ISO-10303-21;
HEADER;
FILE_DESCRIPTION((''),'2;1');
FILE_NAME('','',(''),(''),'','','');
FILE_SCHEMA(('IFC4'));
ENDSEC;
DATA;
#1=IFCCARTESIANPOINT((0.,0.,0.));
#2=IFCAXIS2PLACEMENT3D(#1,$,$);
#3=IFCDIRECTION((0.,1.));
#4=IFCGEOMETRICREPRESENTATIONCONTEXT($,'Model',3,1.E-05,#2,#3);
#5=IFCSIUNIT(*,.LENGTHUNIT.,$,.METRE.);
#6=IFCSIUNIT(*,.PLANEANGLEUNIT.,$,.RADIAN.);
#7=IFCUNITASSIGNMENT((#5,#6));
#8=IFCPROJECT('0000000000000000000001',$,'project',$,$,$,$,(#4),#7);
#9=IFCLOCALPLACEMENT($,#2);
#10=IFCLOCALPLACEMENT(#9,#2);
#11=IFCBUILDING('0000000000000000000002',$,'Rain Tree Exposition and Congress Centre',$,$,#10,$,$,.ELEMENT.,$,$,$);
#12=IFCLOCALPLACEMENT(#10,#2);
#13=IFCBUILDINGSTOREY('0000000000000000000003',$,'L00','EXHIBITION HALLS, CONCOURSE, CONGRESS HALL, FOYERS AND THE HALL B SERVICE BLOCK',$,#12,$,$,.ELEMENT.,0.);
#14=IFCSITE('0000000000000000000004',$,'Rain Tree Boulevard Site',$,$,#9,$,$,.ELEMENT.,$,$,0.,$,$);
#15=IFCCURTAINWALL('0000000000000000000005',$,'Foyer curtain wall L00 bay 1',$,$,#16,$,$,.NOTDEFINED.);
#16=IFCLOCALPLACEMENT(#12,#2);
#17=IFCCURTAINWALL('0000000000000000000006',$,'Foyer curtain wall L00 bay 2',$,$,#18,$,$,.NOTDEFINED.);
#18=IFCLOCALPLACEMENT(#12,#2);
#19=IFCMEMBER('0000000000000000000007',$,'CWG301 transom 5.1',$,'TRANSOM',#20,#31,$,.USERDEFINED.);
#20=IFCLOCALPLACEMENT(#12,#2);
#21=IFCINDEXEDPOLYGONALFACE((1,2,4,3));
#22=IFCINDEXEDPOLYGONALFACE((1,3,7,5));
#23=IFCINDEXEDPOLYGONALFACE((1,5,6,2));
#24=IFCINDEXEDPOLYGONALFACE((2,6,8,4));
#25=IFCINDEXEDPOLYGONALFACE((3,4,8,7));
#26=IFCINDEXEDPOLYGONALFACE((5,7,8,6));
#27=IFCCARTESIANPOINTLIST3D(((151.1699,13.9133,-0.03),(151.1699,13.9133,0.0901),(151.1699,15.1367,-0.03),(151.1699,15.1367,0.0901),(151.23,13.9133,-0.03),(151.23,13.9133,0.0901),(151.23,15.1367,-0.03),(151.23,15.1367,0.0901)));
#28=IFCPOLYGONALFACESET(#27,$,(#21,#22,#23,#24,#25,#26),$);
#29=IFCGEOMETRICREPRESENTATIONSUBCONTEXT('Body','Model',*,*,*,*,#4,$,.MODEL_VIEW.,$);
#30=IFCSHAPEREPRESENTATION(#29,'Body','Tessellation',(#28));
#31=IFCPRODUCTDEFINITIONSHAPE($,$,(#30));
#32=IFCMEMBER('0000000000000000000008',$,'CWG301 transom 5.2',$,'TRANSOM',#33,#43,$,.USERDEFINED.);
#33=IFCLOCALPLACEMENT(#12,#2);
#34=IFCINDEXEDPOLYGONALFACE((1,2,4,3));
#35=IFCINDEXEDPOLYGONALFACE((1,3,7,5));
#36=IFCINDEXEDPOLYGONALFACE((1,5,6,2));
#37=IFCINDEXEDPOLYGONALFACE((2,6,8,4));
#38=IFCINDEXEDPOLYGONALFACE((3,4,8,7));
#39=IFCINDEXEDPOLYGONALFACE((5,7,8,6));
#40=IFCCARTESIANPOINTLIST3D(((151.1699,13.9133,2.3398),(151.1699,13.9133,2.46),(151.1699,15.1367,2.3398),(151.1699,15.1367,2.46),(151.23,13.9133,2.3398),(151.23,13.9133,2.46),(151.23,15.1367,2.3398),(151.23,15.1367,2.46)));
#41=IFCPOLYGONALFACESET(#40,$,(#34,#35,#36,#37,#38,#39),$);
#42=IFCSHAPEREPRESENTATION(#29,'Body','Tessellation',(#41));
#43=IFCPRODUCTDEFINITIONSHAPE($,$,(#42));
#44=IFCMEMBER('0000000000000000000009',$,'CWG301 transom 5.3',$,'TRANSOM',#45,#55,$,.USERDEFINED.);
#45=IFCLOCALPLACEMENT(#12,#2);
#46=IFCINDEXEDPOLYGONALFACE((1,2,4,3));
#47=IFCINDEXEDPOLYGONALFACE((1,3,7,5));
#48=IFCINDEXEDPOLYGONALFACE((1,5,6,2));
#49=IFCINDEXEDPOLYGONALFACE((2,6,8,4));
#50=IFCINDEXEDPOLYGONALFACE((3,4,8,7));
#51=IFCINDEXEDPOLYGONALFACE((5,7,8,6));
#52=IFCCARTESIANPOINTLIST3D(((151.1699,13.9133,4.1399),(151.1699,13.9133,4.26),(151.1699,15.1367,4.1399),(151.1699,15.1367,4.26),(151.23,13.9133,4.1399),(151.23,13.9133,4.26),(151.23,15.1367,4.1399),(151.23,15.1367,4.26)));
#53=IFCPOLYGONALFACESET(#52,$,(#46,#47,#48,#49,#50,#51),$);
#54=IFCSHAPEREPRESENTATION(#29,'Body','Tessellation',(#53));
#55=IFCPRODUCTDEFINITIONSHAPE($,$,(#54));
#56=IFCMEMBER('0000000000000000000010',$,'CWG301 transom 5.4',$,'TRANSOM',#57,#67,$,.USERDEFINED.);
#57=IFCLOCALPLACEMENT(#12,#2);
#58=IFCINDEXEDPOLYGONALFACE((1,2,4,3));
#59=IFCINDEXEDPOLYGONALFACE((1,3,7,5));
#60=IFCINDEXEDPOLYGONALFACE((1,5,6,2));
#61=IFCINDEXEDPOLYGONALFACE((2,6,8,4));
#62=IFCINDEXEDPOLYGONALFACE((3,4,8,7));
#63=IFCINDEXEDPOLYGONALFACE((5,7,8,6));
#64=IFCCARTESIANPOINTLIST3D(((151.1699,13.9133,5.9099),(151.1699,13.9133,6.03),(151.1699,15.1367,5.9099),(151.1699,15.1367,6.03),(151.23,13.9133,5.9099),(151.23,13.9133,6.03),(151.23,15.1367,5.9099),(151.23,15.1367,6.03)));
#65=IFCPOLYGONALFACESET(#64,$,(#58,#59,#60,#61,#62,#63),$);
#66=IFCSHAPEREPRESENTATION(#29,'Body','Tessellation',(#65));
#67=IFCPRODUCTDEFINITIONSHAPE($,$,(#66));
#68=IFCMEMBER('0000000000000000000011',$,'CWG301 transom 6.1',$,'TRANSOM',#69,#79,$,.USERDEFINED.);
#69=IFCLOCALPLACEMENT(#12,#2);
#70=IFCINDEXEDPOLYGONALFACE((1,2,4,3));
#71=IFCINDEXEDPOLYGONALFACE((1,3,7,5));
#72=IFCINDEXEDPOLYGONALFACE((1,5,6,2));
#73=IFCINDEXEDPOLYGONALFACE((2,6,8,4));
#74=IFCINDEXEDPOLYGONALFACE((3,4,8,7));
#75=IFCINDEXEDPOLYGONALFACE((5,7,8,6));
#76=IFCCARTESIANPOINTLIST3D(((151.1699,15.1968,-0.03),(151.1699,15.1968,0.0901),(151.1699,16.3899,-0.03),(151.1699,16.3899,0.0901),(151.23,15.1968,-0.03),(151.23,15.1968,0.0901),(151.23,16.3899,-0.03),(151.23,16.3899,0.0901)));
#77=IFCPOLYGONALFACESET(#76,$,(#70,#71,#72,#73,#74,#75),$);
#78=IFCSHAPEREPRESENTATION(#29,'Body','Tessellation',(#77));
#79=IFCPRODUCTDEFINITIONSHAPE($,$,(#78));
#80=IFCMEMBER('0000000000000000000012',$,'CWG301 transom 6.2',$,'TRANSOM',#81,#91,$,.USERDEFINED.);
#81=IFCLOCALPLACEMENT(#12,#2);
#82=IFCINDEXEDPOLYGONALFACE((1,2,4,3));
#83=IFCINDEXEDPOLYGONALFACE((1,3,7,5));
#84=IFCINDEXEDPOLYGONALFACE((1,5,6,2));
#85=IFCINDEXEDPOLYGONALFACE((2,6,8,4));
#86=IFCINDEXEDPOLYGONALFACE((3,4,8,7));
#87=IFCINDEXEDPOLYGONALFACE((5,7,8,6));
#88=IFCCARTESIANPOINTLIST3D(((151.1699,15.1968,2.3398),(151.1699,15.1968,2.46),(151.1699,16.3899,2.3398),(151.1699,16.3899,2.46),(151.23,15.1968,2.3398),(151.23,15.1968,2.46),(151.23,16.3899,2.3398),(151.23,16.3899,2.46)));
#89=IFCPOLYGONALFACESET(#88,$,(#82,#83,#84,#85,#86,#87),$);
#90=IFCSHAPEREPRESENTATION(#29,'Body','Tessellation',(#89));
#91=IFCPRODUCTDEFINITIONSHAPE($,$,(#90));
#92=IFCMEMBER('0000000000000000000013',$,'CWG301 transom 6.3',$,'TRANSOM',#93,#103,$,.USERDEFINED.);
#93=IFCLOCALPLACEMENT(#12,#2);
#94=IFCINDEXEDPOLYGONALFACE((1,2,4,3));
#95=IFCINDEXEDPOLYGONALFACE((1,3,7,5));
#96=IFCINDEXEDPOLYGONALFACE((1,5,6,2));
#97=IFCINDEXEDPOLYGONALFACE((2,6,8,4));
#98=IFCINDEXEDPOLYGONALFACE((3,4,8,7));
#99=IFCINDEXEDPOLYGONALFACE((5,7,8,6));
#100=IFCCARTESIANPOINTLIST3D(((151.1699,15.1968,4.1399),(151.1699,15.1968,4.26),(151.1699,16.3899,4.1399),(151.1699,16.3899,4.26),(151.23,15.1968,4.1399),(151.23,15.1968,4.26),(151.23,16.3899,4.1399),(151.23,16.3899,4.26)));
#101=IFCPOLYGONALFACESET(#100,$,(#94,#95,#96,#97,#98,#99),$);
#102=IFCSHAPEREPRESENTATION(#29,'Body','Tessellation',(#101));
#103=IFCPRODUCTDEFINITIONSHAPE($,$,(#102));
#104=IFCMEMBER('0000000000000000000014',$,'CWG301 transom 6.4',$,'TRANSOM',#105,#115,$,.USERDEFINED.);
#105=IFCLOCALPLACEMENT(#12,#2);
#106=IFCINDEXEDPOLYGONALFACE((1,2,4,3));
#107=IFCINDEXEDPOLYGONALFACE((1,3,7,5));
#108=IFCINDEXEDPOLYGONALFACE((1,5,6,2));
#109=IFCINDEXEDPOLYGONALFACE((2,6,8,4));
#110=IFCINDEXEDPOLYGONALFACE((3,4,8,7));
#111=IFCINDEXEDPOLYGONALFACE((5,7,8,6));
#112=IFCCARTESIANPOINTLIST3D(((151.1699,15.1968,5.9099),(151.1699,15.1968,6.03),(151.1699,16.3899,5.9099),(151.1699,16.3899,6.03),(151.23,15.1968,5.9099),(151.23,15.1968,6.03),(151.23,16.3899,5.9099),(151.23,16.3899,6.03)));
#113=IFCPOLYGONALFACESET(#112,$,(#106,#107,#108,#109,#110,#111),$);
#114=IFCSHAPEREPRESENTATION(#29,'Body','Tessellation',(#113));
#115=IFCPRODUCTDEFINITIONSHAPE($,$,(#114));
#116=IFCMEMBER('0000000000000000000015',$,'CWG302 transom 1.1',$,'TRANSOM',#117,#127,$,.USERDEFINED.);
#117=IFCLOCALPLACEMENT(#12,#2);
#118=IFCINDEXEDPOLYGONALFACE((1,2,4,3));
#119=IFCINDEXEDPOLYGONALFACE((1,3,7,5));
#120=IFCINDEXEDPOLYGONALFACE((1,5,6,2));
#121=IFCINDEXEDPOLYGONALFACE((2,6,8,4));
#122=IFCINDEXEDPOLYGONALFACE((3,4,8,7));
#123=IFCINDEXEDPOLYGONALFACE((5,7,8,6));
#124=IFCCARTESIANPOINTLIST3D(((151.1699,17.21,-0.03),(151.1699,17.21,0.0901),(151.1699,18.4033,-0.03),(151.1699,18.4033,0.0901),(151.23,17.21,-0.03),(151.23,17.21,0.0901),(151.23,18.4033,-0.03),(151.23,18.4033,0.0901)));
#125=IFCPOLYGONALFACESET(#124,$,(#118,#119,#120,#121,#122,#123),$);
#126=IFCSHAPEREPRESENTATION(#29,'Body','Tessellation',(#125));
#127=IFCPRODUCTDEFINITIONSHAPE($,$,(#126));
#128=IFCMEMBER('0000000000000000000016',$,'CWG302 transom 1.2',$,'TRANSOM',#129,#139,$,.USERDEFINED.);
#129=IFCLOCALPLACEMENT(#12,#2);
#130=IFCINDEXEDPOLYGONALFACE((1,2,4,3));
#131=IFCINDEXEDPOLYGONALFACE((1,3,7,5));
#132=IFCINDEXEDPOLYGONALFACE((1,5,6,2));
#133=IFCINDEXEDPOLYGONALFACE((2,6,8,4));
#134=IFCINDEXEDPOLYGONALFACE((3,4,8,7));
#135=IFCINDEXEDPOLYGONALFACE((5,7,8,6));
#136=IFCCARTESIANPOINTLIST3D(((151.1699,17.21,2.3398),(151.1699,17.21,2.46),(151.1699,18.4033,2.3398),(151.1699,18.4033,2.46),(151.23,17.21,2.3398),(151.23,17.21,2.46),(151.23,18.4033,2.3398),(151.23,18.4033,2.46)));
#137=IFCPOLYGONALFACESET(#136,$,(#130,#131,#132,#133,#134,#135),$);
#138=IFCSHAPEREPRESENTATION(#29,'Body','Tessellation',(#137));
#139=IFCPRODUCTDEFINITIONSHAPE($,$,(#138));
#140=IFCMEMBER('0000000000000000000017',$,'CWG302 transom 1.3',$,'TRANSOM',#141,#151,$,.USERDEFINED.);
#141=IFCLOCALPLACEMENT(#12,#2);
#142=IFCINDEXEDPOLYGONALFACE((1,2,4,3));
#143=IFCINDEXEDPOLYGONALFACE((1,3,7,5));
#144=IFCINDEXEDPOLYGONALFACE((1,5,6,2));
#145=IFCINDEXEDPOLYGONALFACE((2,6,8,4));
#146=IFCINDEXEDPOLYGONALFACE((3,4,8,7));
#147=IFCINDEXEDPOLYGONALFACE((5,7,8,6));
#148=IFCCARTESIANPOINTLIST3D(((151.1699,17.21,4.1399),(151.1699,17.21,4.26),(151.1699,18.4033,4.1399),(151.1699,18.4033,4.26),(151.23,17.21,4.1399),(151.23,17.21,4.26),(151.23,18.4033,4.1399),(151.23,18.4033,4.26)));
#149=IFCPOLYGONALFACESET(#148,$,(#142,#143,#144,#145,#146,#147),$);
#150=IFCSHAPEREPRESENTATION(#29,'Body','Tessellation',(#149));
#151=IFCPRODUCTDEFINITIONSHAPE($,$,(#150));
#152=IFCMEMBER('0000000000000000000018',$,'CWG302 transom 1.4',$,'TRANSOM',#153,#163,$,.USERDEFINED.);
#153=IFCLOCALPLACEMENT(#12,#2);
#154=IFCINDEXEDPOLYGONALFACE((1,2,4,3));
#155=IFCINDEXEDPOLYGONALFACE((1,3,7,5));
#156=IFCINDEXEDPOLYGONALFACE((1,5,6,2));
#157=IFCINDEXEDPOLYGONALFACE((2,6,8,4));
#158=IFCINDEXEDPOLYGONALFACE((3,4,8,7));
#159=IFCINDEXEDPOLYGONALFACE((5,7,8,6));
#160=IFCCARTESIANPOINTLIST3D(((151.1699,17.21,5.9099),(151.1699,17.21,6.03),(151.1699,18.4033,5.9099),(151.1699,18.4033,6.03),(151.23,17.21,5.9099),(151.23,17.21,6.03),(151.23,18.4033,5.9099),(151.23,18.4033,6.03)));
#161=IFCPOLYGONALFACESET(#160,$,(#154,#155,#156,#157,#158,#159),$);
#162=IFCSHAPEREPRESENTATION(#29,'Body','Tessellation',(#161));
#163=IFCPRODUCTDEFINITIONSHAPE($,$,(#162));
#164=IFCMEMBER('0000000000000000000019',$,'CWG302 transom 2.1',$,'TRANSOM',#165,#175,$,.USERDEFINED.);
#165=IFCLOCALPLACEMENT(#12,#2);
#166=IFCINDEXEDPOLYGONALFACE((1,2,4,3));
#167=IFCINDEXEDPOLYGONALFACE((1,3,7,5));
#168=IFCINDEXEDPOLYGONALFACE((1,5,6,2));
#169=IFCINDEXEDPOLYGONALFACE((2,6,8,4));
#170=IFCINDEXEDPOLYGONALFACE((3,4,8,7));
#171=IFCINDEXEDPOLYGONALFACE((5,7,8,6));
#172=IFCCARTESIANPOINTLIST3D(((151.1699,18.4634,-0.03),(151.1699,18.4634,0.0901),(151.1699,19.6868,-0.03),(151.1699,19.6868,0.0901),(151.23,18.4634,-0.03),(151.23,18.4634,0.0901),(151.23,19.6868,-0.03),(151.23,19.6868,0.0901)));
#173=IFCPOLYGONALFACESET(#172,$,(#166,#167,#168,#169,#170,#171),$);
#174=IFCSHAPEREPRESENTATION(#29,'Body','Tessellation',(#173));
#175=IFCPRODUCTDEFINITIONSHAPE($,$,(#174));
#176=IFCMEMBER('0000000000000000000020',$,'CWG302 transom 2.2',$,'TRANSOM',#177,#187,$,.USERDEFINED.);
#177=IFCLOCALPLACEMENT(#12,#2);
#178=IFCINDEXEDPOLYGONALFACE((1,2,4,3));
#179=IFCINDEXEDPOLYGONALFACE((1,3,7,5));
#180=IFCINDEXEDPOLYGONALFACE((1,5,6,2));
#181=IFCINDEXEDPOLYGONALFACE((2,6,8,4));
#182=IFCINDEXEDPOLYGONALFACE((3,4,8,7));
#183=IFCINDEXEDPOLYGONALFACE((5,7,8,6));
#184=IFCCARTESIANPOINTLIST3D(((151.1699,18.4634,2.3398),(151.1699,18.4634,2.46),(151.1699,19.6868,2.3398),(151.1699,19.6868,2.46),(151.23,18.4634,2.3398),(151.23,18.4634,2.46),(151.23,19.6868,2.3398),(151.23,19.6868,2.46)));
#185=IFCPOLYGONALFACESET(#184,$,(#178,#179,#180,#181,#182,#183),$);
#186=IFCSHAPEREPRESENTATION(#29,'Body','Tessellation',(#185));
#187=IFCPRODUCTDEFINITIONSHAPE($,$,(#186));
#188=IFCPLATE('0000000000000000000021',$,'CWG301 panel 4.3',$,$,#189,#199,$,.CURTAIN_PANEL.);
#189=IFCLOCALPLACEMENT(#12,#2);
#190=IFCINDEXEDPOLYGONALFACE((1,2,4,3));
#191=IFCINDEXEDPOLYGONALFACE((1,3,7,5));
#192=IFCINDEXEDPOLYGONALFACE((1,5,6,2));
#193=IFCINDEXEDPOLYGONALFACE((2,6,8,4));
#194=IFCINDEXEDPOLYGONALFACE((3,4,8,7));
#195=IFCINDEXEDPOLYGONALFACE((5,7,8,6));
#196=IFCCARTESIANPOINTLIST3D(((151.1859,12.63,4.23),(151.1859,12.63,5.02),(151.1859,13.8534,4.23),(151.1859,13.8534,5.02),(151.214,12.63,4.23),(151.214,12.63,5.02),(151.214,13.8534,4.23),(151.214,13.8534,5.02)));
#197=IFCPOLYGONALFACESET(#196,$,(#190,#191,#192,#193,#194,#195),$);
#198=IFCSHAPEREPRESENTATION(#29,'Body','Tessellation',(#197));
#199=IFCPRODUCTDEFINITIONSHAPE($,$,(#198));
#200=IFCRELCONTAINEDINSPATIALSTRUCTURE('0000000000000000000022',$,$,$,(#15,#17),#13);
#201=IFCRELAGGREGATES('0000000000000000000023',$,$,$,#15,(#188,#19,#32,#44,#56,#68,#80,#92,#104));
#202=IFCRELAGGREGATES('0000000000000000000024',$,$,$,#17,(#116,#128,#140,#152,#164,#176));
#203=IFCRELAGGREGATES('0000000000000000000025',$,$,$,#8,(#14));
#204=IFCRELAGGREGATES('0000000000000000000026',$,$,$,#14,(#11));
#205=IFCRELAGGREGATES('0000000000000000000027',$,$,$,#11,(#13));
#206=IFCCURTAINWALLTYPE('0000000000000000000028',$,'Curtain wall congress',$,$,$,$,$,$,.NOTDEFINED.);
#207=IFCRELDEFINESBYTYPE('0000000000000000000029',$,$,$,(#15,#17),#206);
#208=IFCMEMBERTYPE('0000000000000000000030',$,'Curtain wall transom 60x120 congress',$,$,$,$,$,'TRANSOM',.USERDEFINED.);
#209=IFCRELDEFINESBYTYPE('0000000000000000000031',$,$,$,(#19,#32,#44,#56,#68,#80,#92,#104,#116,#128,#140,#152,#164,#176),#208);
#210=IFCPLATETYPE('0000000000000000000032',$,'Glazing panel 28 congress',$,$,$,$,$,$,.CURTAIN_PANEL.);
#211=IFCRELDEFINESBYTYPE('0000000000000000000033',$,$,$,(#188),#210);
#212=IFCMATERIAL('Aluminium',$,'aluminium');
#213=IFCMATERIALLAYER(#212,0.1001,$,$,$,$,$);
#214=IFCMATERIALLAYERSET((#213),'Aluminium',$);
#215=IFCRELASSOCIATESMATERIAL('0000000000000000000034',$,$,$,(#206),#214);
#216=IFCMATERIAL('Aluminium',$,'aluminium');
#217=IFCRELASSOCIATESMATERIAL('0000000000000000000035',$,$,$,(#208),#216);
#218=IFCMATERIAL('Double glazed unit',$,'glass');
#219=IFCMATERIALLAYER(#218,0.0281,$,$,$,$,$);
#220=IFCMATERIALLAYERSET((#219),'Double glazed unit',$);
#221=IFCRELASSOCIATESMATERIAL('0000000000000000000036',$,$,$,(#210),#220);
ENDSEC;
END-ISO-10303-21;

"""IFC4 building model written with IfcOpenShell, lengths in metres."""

from ifc_helpers import new_model, si_unit, direction, frame, origin, origin_2d, place, context, subcontext, project, spatial, rectangle, extrude, material, layer, layer_set, material_profile, profile_set, type_object, element, aggregate, save


model = new_model("IFC4")

# Units and contexts
model_context = context("Model", 3, precision=1e-05, world=origin(), true_north=direction((0.0, 1.0)))
body_context = subcontext(model_context, "Body", "Model", "MODEL_VIEW")
ifc_project = project(units=[si_unit("LENGTHUNIT", "METRE"), si_unit("PLANEANGLEUNIT", "RADIAN")], contexts=[model_context])

# Site, building, storey
site_placement = place(None, origin())
site = spatial("IfcSite", under=ifc_project, at=site_placement, Name="Rain Tree Boulevard Site", CompositionType="ELEMENT", RefElevation=0.0)
building_placement = place(site_placement, origin())
building = spatial("IfcBuilding", under=site, at=building_placement, Name="Rain Tree Exposition and Congress Centre", CompositionType="ELEMENT")
storey_placement = place(building_placement, origin())
storey = spatial("IfcBuildingStorey", under=building, at=storey_placement, Name="L00", Description="EXHIBITION HALLS, CONCOURSE, CONGRESS HALL, FOYERS AND THE HALL B SERVICE BLOCK", CompositionType="ELEMENT", Elevation=0.0)

# Curtain walls
ifc_material_1 = material(Name="Aluminium", Category="aluminium")
ifc_layer_1 = layer(ifc_material_1, 0.1001)
ifc_layer_set_1 = layer_set([ifc_layer_1], Name="Aluminium")
curtain_wall_type = type_object("IfcCurtainWallType", Name="Curtain wall congress", PredefinedType="NOTDEFINED", material=ifc_layer_set_1)
curtain_wall_1_placement = place(storey_placement, origin())
curtain_wall_1 = element("IfcCurtainWall", 1, at=curtain_wall_1_placement, inside=storey, type_object=curtain_wall_type, Name="Foyer curtain wall L00 bay 1", PredefinedType="NOTDEFINED")
curtain_wall_2_placement = place(storey_placement, origin())
curtain_wall_2 = element("IfcCurtainWall", 2, at=curtain_wall_2_placement, inside=storey, type_object=curtain_wall_type, Name="Foyer curtain wall L00 bay 2", PredefinedType="NOTDEFINED")

# Members
ifc_material_2 = material(Name="Aluminium", Category="aluminium")
ifc_material_profile_1 = material_profile(ifc_material_2, rectangle(XDim=0.0601, YDim=0.1201, at=origin_2d()), Name="AL 60x120")
ifc_profile_set_1 = profile_set([ifc_material_profile_1], Name="Aluminium")
member_type_1 = type_object("IfcMemberType", Name="Curtain wall transom 60x120 congress", ElementType="TRANSOM", PredefinedType="USERDEFINED", material=ifc_profile_set_1)
member_1_placement = place(storey_placement, frame((151.2, 13.9133, 0.03), z_axis=(0.0, 1.0, 0.0), x_axis=(-1.0, 0.0, 0.0)))
member_1 = element("IfcMember", 3, at=member_1_placement, type_object=member_type_1, Name="CWG301 transom 5.1", ObjectType="TRANSOM", PredefinedType="USERDEFINED", context=body_context, shape_type="SweptSolid", body=[
    extrude(rectangle(XDim=0.0601, YDim=0.1201, at=origin_2d()), origin(), (0.0, 0.0, 1.0), 1.2234),
])
member_2_placement = place(storey_placement, frame((151.2, 13.9133, 2.3999), z_axis=(0.0, 1.0, 0.0), x_axis=(-1.0, 0.0, 0.0)))
member_2 = element("IfcMember", 4, at=member_2_placement, type_object=member_type_1, Name="CWG301 transom 5.2", ObjectType="TRANSOM", PredefinedType="USERDEFINED", context=body_context, shape_type="SweptSolid", body=[
    extrude(rectangle(XDim=0.0601, YDim=0.1201, at=origin_2d()), origin(), (0.0, 0.0, 1.0), 1.2234),
])
member_3_placement = place(storey_placement, frame((151.2, 13.9133, 4.2), z_axis=(0.0, 1.0, 0.0), x_axis=(-1.0, 0.0, 0.0)))
member_3 = element("IfcMember", 5, at=member_3_placement, type_object=member_type_1, Name="CWG301 transom 5.3", ObjectType="TRANSOM", PredefinedType="USERDEFINED", context=body_context, shape_type="SweptSolid", body=[
    extrude(rectangle(XDim=0.0601, YDim=0.1201, at=origin_2d()), origin(), (0.0, 0.0, 1.0), 1.2234),
])
member_4_placement = place(storey_placement, frame((151.2, 13.9133, 5.97), z_axis=(0.0, 1.0, 0.0), x_axis=(-1.0, 0.0, 0.0)))
member_4 = element("IfcMember", 6, at=member_4_placement, type_object=member_type_1, Name="CWG301 transom 5.4", ObjectType="TRANSOM", PredefinedType="USERDEFINED", context=body_context, shape_type="SweptSolid", body=[
    extrude(rectangle(XDim=0.0601, YDim=0.1201, at=origin_2d()), origin(), (0.0, 0.0, 1.0), 1.2234),
])
member_5_placement = place(storey_placement, frame((151.2, 15.1968, 0.03), z_axis=(0.0, 1.0, 0.0), x_axis=(-1.0, 0.0, 0.0)))
member_5 = element("IfcMember", 7, at=member_5_placement, type_object=member_type_1, Name="CWG301 transom 6.1", ObjectType="TRANSOM", PredefinedType="USERDEFINED", context=body_context, shape_type="SweptSolid", body=[
    extrude(rectangle(XDim=0.0601, YDim=0.1201, at=origin_2d()), origin(), (0.0, 0.0, 1.0), 1.1931),
])
member_6_placement = place(storey_placement, frame((151.2, 15.1968, 2.3999), z_axis=(0.0, 1.0, 0.0), x_axis=(-1.0, 0.0, 0.0)))
member_6 = element("IfcMember", 8, at=member_6_placement, type_object=member_type_1, Name="CWG301 transom 6.2", ObjectType="TRANSOM", PredefinedType="USERDEFINED", context=body_context, shape_type="SweptSolid", body=[
    extrude(rectangle(XDim=0.0601, YDim=0.1201, at=origin_2d()), origin(), (0.0, 0.0, 1.0), 1.1931),
])
member_7_placement = place(storey_placement, frame((151.2, 15.1968, 4.2), z_axis=(0.0, 1.0, 0.0), x_axis=(-1.0, 0.0, 0.0)))
member_7 = element("IfcMember", 9, at=member_7_placement, type_object=member_type_1, Name="CWG301 transom 6.3", ObjectType="TRANSOM", PredefinedType="USERDEFINED", context=body_context, shape_type="SweptSolid", body=[
    extrude(rectangle(XDim=0.0601, YDim=0.1201, at=origin_2d()), origin(), (0.0, 0.0, 1.0), 1.1931),
])
member_8_placement = place(storey_placement, frame((151.2, 15.1968, 5.97), z_axis=(0.0, 1.0, 0.0), x_axis=(-1.0, 0.0, 0.0)))
member_8 = element("IfcMember", 10, at=member_8_placement, type_object=member_type_1, Name="CWG301 transom 6.4", ObjectType="TRANSOM", PredefinedType="USERDEFINED", context=body_context, shape_type="SweptSolid", body=[
    extrude(rectangle(XDim=0.0601, YDim=0.1201, at=origin_2d()), origin(), (0.0, 0.0, 1.0), 1.1931),
])
member_9_placement = place(storey_placement, frame((151.2, 17.21, 0.03), z_axis=(0.0, 1.0, 0.0), x_axis=(-1.0, 0.0, 0.0)))
member_9 = element("IfcMember", 11, at=member_9_placement, type_object=member_type_1, Name="CWG302 transom 1.1", ObjectType="TRANSOM", PredefinedType="USERDEFINED", context=body_context, shape_type="SweptSolid", body=[
    extrude(rectangle(XDim=0.0601, YDim=0.1201, at=origin_2d()), origin(), (0.0, 0.0, 1.0), 1.1934),
])
member_10_placement = place(storey_placement, frame((151.2, 17.21, 2.3999), z_axis=(0.0, 1.0, 0.0), x_axis=(-1.0, 0.0, 0.0)))
member_10 = element("IfcMember", 12, at=member_10_placement, type_object=member_type_1, Name="CWG302 transom 1.2", ObjectType="TRANSOM", PredefinedType="USERDEFINED", context=body_context, shape_type="SweptSolid", body=[
    extrude(rectangle(XDim=0.0601, YDim=0.1201, at=origin_2d()), origin(), (0.0, 0.0, 1.0), 1.1934),
])
member_11_placement = place(storey_placement, frame((151.2, 17.21, 4.2), z_axis=(0.0, 1.0, 0.0), x_axis=(-1.0, 0.0, 0.0)))
member_11 = element("IfcMember", 13, at=member_11_placement, type_object=member_type_1, Name="CWG302 transom 1.3", ObjectType="TRANSOM", PredefinedType="USERDEFINED", context=body_context, shape_type="SweptSolid", body=[
    extrude(rectangle(XDim=0.0601, YDim=0.1201, at=origin_2d()), origin(), (0.0, 0.0, 1.0), 1.1934),
])
member_12_placement = place(storey_placement, frame((151.2, 17.21, 5.97), z_axis=(0.0, 1.0, 0.0), x_axis=(-1.0, 0.0, 0.0)))
member_12 = element("IfcMember", 14, at=member_12_placement, type_object=member_type_1, Name="CWG302 transom 1.4", ObjectType="TRANSOM", PredefinedType="USERDEFINED", context=body_context, shape_type="SweptSolid", body=[
    extrude(rectangle(XDim=0.0601, YDim=0.1201, at=origin_2d()), origin(), (0.0, 0.0, 1.0), 1.1934),
])
member_13_placement = place(storey_placement, frame((151.2, 18.4634, 0.03), z_axis=(0.0, 1.0, 0.0), x_axis=(-1.0, 0.0, 0.0)))
member_13 = element("IfcMember", 15, at=member_13_placement, type_object=member_type_1, Name="CWG302 transom 2.1", ObjectType="TRANSOM", PredefinedType="USERDEFINED", context=body_context, shape_type="SweptSolid", body=[
    extrude(rectangle(XDim=0.0601, YDim=0.1201, at=origin_2d()), origin(), (0.0, 0.0, 1.0), 1.2234),
])
member_14_placement = place(storey_placement, frame((151.2, 18.4634, 2.3999), z_axis=(0.0, 1.0, 0.0), x_axis=(-1.0, 0.0, 0.0)))
member_14 = element("IfcMember", 16, at=member_14_placement, type_object=member_type_1, Name="CWG302 transom 2.2", ObjectType="TRANSOM", PredefinedType="USERDEFINED", context=body_context, shape_type="SweptSolid", body=[
    extrude(rectangle(XDim=0.0601, YDim=0.1201, at=origin_2d()), origin(), (0.0, 0.0, 1.0), 1.2234),
])

# Plate
ifc_material_3 = material(Name="Double glazed unit", Category="glass")
ifc_layer_2 = layer(ifc_material_3, 0.0281)
ifc_layer_set_2 = layer_set([ifc_layer_2], Name="Double glazed unit")
plate_type = type_object("IfcPlateType", Name="Glazing panel 28 congress", PredefinedType="CURTAIN_PANEL", material=ifc_layer_set_2)
plate_1_placement = place(storey_placement, frame((151.2, 13.2417, 4.23), z_axis=(0.0, 0.0, 1.0), x_axis=(0.0, 1.0, 0.0)))
plate_1 = element("IfcPlate", 17, at=plate_1_placement, type_object=plate_type, Name="CWG301 panel 4.3", PredefinedType="CURTAIN_PANEL", context=body_context, shape_type="SweptSolid", body=[
    extrude(rectangle(XDim=1.2234, YDim=0.0281, at=origin_2d()), origin(), (0.0, 0.0, 1.0), 0.79),
])
aggregate(curtain_wall_1, [plate_1, member_1, member_2, member_3, member_4, member_5, member_6, member_7, member_8])
aggregate(curtain_wall_2, [member_9, member_10, member_11, member_12, member_13, member_14])

save(model, "model.ifc")
